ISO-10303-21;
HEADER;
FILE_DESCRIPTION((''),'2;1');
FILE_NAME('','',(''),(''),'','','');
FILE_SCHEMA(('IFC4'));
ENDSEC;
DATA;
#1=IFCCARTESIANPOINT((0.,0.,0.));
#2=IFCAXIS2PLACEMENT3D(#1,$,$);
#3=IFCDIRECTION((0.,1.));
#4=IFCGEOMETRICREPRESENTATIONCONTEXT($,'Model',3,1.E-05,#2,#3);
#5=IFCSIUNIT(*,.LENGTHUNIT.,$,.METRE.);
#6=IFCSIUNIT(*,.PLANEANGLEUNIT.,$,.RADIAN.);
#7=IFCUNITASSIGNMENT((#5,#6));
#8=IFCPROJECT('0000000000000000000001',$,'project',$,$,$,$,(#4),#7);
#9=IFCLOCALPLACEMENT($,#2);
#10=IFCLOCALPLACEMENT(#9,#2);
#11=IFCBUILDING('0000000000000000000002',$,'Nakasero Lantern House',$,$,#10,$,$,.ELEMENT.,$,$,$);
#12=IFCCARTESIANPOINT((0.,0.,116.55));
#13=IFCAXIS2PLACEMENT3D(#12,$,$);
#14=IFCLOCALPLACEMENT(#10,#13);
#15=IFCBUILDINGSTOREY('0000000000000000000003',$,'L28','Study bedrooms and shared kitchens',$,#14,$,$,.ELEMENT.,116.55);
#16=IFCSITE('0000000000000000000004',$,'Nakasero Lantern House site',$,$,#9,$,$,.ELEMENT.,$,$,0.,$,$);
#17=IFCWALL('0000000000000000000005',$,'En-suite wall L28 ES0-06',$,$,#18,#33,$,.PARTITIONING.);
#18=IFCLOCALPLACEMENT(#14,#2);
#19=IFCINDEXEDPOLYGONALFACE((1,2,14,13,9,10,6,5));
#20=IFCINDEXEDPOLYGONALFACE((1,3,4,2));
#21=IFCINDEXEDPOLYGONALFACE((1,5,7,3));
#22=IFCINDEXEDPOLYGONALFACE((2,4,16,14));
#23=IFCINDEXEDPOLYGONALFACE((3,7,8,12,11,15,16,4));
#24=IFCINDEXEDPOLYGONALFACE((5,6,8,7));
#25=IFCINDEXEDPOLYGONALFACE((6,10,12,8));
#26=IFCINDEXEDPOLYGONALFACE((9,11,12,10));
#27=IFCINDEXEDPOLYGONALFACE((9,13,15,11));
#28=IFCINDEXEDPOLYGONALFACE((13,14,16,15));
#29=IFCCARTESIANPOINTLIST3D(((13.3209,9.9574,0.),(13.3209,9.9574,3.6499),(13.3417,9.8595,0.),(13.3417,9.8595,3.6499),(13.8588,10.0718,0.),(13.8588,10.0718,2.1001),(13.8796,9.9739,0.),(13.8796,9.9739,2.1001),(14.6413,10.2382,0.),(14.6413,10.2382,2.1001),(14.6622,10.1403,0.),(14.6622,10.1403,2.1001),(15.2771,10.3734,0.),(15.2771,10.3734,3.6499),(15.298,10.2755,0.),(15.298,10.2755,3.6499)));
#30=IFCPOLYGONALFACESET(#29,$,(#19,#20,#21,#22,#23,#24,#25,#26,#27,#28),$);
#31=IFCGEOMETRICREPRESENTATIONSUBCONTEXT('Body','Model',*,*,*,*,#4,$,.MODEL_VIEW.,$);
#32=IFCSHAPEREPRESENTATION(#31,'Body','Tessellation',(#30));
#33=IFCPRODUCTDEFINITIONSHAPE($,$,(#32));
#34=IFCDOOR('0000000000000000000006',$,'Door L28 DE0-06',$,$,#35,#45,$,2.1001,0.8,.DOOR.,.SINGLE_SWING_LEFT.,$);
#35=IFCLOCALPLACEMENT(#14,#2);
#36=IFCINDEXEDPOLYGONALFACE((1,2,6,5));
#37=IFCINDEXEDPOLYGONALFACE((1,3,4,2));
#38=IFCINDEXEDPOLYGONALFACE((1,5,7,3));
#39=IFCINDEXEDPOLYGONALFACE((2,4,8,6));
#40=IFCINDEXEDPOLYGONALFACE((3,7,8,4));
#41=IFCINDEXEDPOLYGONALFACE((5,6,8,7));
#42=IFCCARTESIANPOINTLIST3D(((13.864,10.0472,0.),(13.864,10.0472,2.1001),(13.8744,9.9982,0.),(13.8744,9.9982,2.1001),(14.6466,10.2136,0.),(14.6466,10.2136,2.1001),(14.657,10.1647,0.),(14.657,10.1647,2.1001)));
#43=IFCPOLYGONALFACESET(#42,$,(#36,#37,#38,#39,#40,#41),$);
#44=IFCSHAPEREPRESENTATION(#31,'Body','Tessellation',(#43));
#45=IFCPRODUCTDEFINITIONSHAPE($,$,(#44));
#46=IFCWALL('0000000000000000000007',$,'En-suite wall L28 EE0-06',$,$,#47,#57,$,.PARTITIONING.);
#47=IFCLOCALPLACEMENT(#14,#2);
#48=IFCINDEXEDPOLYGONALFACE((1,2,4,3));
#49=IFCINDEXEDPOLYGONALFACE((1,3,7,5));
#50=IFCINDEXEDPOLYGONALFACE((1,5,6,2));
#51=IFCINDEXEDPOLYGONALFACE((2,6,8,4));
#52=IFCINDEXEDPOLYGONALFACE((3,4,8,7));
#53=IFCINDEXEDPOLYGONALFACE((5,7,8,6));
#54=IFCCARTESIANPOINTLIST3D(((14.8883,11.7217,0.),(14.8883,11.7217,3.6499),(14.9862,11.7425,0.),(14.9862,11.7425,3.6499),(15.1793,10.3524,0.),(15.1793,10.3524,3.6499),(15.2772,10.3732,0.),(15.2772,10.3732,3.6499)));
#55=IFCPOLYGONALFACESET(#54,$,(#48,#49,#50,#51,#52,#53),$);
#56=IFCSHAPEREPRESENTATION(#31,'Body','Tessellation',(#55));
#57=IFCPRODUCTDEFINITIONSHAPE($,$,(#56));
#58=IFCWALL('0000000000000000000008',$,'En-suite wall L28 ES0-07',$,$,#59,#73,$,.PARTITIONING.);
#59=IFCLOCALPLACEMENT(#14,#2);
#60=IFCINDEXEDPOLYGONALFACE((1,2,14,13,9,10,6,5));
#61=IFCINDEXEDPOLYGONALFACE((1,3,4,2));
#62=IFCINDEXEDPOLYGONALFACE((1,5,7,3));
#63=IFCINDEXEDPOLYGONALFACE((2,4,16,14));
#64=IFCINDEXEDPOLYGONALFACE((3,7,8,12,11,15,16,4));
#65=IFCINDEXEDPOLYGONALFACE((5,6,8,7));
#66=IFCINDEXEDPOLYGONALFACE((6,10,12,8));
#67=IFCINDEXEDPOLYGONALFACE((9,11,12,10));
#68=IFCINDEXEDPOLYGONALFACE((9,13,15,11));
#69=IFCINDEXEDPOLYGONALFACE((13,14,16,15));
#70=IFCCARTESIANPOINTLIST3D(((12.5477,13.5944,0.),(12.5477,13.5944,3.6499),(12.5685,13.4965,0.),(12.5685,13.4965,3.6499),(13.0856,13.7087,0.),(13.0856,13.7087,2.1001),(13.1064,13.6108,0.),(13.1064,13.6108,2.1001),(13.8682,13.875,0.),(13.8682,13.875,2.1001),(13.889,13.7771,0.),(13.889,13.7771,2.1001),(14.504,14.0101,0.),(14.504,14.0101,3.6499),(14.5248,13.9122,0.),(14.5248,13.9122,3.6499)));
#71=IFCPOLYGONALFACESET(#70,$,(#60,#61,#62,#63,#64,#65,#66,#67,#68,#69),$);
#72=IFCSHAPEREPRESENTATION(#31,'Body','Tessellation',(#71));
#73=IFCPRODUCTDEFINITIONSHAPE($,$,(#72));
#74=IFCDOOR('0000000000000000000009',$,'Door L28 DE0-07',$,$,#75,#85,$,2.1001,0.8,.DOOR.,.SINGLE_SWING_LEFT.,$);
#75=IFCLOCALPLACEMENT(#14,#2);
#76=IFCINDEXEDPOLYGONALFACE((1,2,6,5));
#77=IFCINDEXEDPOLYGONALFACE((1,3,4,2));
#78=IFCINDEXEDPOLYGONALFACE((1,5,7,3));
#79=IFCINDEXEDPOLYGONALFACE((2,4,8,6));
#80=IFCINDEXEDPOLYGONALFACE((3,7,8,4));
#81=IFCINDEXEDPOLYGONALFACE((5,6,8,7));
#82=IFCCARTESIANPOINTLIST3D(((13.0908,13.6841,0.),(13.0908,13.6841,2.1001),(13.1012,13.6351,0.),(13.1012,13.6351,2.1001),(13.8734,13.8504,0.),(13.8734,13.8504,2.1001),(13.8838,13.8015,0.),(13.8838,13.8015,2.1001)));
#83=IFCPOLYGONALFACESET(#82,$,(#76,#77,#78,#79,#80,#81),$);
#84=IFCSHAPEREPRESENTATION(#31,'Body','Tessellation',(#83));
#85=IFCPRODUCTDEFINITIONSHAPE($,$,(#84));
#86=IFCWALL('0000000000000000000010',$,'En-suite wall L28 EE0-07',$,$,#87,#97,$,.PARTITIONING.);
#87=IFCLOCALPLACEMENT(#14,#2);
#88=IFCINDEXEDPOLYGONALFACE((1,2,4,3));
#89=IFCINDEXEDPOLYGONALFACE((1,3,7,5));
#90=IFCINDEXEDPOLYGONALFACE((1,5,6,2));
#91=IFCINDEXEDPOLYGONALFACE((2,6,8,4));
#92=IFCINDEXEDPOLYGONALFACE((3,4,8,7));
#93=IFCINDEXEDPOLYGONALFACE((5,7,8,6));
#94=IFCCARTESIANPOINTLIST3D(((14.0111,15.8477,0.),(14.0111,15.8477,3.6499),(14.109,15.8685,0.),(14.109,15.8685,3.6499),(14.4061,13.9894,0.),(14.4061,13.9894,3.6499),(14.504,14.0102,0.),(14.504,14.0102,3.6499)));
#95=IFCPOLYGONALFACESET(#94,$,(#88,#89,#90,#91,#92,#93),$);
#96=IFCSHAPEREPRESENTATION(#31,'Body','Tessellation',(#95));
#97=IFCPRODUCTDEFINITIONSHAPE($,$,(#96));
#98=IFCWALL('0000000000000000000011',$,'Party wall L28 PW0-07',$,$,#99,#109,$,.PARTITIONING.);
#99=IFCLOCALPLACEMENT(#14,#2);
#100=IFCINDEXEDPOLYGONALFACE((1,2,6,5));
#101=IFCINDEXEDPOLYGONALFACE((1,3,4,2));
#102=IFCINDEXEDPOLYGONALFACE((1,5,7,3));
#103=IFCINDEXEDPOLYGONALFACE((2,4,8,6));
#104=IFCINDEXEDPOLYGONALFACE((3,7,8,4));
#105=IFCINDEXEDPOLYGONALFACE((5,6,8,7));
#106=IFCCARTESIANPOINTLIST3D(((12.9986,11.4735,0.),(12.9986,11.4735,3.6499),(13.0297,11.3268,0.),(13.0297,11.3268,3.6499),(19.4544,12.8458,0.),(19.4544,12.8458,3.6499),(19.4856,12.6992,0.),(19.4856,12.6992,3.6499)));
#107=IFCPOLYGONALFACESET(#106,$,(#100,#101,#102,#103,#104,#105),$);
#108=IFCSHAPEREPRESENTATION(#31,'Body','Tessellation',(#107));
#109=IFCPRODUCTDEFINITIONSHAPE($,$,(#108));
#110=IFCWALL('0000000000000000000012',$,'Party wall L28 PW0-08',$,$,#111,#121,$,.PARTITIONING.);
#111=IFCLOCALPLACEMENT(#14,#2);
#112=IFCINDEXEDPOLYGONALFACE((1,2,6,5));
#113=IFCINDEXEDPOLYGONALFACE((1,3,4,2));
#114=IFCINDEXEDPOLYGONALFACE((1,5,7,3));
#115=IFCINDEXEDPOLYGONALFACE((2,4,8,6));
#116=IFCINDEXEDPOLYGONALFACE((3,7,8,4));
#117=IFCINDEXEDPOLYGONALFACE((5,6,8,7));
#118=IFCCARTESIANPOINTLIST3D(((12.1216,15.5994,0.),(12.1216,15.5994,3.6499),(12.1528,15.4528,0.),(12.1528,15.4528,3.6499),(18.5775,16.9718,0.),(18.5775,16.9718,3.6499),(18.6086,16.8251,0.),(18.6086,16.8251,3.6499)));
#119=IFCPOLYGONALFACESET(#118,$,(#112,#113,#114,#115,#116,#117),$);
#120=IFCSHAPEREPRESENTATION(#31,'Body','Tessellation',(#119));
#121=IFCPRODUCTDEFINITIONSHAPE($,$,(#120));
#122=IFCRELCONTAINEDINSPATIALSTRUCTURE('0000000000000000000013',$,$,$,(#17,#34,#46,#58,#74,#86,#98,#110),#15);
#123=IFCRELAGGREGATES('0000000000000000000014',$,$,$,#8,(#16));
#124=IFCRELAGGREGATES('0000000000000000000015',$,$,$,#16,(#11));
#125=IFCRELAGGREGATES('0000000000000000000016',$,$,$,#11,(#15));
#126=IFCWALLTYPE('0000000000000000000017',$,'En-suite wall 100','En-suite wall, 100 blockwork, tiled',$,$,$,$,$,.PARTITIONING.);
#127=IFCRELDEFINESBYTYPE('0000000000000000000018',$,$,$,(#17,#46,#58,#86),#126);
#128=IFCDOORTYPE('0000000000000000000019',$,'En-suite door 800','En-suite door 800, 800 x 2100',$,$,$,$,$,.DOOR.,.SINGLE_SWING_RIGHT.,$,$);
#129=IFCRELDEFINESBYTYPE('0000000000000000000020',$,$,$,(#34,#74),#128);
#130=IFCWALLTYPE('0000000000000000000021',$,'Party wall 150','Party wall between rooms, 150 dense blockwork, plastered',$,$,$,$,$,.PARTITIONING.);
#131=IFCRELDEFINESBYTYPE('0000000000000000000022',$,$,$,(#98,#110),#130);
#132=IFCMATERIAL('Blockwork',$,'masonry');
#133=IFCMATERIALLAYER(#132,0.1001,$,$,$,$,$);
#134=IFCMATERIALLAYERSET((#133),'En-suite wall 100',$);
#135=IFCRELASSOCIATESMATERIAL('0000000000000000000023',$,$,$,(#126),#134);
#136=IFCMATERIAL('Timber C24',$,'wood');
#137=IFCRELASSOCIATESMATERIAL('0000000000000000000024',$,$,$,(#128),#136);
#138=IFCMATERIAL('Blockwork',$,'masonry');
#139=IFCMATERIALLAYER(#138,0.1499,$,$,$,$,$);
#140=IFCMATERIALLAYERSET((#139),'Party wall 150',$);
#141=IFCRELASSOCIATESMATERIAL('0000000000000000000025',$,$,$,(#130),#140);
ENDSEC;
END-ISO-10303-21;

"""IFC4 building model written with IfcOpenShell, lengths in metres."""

from ifc_helpers import new_model, si_unit, direction, frame, frame_2d, origin, place, context, subcontext, project, spatial, rectangle, extrude, material, layer, layer_set, type_object, element, fill, save


model = new_model("IFC4")

# Units and contexts
model_context = context("Model", 3, precision=1e-05, world=origin(), true_north=direction((0.0, 1.0)))
body_context = subcontext(model_context, "Body", "Model", "MODEL_VIEW")
ifc_project = project(units=[si_unit("LENGTHUNIT", "METRE"), si_unit("PLANEANGLEUNIT", "RADIAN")], contexts=[model_context])

# Site, building, storey
site_placement = place(None, origin())
site = spatial("IfcSite", under=ifc_project, at=site_placement, Name="Nakasero Lantern House site", CompositionType="ELEMENT", RefElevation=0.0)
building_placement = place(site_placement, origin())
building = spatial("IfcBuilding", under=site, at=building_placement, Name="Nakasero Lantern House", CompositionType="ELEMENT")
storey_placement = place(building_placement, frame((0.0, 0.0, 116.55)))
storey = spatial("IfcBuildingStorey", under=building, at=storey_placement, Name="L28", Description="Study bedrooms and shared kitchens", CompositionType="ELEMENT", Elevation=116.55)

# Wall, opening, door
ifc_material_1 = material(Name="Blockwork", Category="masonry")
ifc_layer_1 = layer(ifc_material_1, 0.1001)
ifc_layer_set_1 = layer_set([ifc_layer_1], Name="En-suite wall 100")
wall_type_1 = type_object("IfcWallType", Name="En-suite wall 100", Description="En-suite wall, 100 blockwork, tiled", PredefinedType="PARTITIONING", material=ifc_layer_set_1)
wall_1_placement = place(storey_placement, frame((13.3313, 9.9084, 0.0), z_axis=(0.0, 0.0, 1.0), x_axis=(0.978128, 0.208003, 0.0)))
wall_1 = element("IfcWall", 1, at=wall_1_placement, inside=storey, type_object=wall_type_1, Name="En-suite wall L28 ES0-06", PredefinedType="PARTITIONING", context=body_context, shape_type="SweptSolid", body=[
    extrude(rectangle(XDim=2.0, YDim=0.1001, at=frame_2d((1.0, 0.0))), origin(), (0.0, 0.0, 1.0), 3.6499),
])
opening_1_placement = place(wall_1_placement, frame((0.55, 0.0, 0.0)))
opening_1 = element("IfcOpeningElement", 2, at=opening_1_placement, cuts=wall_1, PredefinedType="OPENING", context=body_context, shape_type="SweptSolid", body=[
    extrude(rectangle(XDim=0.8, YDim=2.1001, at=frame_2d((0.3999, 1.05))), frame((0.0, 0.0701, 0.0), z_axis=(0.0, -1.0, 0.0), x_axis=(1.0, 0.0, 0.0)), (0.0, 0.0, 1.0), 0.1401),
])
ifc_material_2 = material(Name="Timber C24", Category="wood")
door_type = type_object("IfcDoorType", Name="En-suite door 800", Description="En-suite door 800, 800 x 2100", OperationType="SINGLE_SWING_RIGHT", PredefinedType="DOOR", material=ifc_material_2)
door_1_placement = place(opening_1_placement, origin())
door_1 = element("IfcDoor", 3, at=door_1_placement, inside=storey, type_object=door_type, Name="Door L28 DE0-06", OperationType="SINGLE_SWING_LEFT", OverallHeight=2.1001, OverallWidth=0.8, PredefinedType="DOOR", context=body_context, shape_type="SweptSolid", body=[
    extrude(rectangle(XDim=0.8, YDim=2.1001, at=frame_2d((0.3999, 1.05))), frame((0.0, 0.0249, 0.0), z_axis=(0.0, -1.0, 0.0), x_axis=(1.0, 0.0, 0.0)), (0.0, 0.0, 1.0), 0.05),
])
fill(opening_1, door_1)

# Wall
wall_2_placement = place(storey_placement, frame((15.2283, 10.3628, 0.0), z_axis=(0.0, 0.0, 1.0), x_axis=(-0.207873, 0.978156, 0.0)))
element("IfcWall", 4, at=wall_2_placement, inside=storey, type_object=wall_type_1, Name="En-suite wall L28 EE0-06", PredefinedType="PARTITIONING", context=body_context, shape_type="SweptSolid", body=[
    extrude(rectangle(XDim=1.3999, YDim=0.1001, at=frame_2d((0.7, 0.0))), origin(), (0.0, 0.0, 1.0), 3.6499),
])

# Wall, opening, door
wall_3_placement = place(storey_placement, frame((12.5581, 13.5454, 0.0), z_axis=(0.0, 0.0, 1.0), x_axis=(0.978153, 0.207886, 0.0)))
wall_3 = element("IfcWall", 5, at=wall_3_placement, inside=storey, type_object=wall_type_1, Name="En-suite wall L28 ES0-07", PredefinedType="PARTITIONING", context=body_context, shape_type="SweptSolid", body=[
    extrude(rectangle(XDim=2.0, YDim=0.1001, at=frame_2d((1.0, 0.0))), origin(), (0.0, 0.0, 1.0), 3.6499),
])
opening_2_placement = place(wall_3_placement, frame((0.55, 0.0, 0.0)))
opening_2 = element("IfcOpeningElement", 6, at=opening_2_placement, cuts=wall_3, PredefinedType="OPENING", context=body_context, shape_type="SweptSolid", body=[
    extrude(rectangle(XDim=0.8, YDim=2.1001, at=frame_2d((0.3999, 1.05))), frame((0.0, 0.0701, 0.0), z_axis=(0.0, -1.0, 0.0), x_axis=(1.0, 0.0, 0.0)), (0.0, 0.0, 1.0), 0.1401),
])
door_2_placement = place(opening_2_placement, origin())
door_2 = element("IfcDoor", 7, at=door_2_placement, inside=storey, type_object=door_type, Name="Door L28 DE0-07", OperationType="SINGLE_SWING_LEFT", OverallHeight=2.1001, OverallWidth=0.8, PredefinedType="DOOR", context=body_context, shape_type="SweptSolid", body=[
    extrude(rectangle(XDim=0.8, YDim=2.1001, at=frame_2d((0.3999, 1.05))), frame((0.0, 0.0249, 0.0), z_axis=(0.0, -1.0, 0.0), x_axis=(1.0, 0.0, 0.0)), (0.0, 0.0, 1.0), 0.05),
])
fill(opening_2, door_2)

# Walls
wall_4_placement = place(storey_placement, frame((14.4551, 13.9998, 0.0), z_axis=(0.0, 0.0, 1.0), x_axis=(-0.207914, 0.978147, 0.0)))
element("IfcWall", 8, at=wall_4_placement, inside=storey, type_object=wall_type_1, Name="En-suite wall L28 EE0-07", PredefinedType="PARTITIONING", context=body_context, shape_type="SweptSolid", body=[
    extrude(rectangle(XDim=1.8999, YDim=0.1001, at=frame_2d((0.95, 0.0))), origin(), (0.0, 0.0, 1.0), 3.6499),
])
ifc_material_3 = material(Name="Blockwork", Category="masonry")
ifc_layer_2 = layer(ifc_material_3, 0.1499)
ifc_layer_set_2 = layer_set([ifc_layer_2], Name="Party wall 150")
wall_type_2 = type_object("IfcWallType", Name="Party wall 150", Description="Party wall between rooms, 150 dense blockwork, plastered", PredefinedType="PARTITIONING", material=ifc_layer_set_2)
for number, where, z_axis, x_axis, name in (
    (9, (13.0142, 11.4001, 0.0), (0.0, 0.0, 1.0), (0.978145, 0.207925, 0.0), "Party wall L28 PW0-07"),
    (10, (12.1372, 15.5261, 0.0), (0.0, 0.0, 1.0), (0.978145, 0.207925, 0.0), "Party wall L28 PW0-08"),
):
    element("IfcWall", number, at=place(storey_placement, frame(where, z_axis=z_axis, x_axis=x_axis)), inside=storey, type_object=wall_type_2, Name=name, PredefinedType="PARTITIONING", context=body_context, shape_type="SweptSolid", body=[
        extrude(rectangle(XDim=6.6001, YDim=0.1499, at=frame_2d((3.3, 0.0))), origin(), (0.0, 0.0, 1.0), 3.6499),
    ])

save(model, "model.ifc")
